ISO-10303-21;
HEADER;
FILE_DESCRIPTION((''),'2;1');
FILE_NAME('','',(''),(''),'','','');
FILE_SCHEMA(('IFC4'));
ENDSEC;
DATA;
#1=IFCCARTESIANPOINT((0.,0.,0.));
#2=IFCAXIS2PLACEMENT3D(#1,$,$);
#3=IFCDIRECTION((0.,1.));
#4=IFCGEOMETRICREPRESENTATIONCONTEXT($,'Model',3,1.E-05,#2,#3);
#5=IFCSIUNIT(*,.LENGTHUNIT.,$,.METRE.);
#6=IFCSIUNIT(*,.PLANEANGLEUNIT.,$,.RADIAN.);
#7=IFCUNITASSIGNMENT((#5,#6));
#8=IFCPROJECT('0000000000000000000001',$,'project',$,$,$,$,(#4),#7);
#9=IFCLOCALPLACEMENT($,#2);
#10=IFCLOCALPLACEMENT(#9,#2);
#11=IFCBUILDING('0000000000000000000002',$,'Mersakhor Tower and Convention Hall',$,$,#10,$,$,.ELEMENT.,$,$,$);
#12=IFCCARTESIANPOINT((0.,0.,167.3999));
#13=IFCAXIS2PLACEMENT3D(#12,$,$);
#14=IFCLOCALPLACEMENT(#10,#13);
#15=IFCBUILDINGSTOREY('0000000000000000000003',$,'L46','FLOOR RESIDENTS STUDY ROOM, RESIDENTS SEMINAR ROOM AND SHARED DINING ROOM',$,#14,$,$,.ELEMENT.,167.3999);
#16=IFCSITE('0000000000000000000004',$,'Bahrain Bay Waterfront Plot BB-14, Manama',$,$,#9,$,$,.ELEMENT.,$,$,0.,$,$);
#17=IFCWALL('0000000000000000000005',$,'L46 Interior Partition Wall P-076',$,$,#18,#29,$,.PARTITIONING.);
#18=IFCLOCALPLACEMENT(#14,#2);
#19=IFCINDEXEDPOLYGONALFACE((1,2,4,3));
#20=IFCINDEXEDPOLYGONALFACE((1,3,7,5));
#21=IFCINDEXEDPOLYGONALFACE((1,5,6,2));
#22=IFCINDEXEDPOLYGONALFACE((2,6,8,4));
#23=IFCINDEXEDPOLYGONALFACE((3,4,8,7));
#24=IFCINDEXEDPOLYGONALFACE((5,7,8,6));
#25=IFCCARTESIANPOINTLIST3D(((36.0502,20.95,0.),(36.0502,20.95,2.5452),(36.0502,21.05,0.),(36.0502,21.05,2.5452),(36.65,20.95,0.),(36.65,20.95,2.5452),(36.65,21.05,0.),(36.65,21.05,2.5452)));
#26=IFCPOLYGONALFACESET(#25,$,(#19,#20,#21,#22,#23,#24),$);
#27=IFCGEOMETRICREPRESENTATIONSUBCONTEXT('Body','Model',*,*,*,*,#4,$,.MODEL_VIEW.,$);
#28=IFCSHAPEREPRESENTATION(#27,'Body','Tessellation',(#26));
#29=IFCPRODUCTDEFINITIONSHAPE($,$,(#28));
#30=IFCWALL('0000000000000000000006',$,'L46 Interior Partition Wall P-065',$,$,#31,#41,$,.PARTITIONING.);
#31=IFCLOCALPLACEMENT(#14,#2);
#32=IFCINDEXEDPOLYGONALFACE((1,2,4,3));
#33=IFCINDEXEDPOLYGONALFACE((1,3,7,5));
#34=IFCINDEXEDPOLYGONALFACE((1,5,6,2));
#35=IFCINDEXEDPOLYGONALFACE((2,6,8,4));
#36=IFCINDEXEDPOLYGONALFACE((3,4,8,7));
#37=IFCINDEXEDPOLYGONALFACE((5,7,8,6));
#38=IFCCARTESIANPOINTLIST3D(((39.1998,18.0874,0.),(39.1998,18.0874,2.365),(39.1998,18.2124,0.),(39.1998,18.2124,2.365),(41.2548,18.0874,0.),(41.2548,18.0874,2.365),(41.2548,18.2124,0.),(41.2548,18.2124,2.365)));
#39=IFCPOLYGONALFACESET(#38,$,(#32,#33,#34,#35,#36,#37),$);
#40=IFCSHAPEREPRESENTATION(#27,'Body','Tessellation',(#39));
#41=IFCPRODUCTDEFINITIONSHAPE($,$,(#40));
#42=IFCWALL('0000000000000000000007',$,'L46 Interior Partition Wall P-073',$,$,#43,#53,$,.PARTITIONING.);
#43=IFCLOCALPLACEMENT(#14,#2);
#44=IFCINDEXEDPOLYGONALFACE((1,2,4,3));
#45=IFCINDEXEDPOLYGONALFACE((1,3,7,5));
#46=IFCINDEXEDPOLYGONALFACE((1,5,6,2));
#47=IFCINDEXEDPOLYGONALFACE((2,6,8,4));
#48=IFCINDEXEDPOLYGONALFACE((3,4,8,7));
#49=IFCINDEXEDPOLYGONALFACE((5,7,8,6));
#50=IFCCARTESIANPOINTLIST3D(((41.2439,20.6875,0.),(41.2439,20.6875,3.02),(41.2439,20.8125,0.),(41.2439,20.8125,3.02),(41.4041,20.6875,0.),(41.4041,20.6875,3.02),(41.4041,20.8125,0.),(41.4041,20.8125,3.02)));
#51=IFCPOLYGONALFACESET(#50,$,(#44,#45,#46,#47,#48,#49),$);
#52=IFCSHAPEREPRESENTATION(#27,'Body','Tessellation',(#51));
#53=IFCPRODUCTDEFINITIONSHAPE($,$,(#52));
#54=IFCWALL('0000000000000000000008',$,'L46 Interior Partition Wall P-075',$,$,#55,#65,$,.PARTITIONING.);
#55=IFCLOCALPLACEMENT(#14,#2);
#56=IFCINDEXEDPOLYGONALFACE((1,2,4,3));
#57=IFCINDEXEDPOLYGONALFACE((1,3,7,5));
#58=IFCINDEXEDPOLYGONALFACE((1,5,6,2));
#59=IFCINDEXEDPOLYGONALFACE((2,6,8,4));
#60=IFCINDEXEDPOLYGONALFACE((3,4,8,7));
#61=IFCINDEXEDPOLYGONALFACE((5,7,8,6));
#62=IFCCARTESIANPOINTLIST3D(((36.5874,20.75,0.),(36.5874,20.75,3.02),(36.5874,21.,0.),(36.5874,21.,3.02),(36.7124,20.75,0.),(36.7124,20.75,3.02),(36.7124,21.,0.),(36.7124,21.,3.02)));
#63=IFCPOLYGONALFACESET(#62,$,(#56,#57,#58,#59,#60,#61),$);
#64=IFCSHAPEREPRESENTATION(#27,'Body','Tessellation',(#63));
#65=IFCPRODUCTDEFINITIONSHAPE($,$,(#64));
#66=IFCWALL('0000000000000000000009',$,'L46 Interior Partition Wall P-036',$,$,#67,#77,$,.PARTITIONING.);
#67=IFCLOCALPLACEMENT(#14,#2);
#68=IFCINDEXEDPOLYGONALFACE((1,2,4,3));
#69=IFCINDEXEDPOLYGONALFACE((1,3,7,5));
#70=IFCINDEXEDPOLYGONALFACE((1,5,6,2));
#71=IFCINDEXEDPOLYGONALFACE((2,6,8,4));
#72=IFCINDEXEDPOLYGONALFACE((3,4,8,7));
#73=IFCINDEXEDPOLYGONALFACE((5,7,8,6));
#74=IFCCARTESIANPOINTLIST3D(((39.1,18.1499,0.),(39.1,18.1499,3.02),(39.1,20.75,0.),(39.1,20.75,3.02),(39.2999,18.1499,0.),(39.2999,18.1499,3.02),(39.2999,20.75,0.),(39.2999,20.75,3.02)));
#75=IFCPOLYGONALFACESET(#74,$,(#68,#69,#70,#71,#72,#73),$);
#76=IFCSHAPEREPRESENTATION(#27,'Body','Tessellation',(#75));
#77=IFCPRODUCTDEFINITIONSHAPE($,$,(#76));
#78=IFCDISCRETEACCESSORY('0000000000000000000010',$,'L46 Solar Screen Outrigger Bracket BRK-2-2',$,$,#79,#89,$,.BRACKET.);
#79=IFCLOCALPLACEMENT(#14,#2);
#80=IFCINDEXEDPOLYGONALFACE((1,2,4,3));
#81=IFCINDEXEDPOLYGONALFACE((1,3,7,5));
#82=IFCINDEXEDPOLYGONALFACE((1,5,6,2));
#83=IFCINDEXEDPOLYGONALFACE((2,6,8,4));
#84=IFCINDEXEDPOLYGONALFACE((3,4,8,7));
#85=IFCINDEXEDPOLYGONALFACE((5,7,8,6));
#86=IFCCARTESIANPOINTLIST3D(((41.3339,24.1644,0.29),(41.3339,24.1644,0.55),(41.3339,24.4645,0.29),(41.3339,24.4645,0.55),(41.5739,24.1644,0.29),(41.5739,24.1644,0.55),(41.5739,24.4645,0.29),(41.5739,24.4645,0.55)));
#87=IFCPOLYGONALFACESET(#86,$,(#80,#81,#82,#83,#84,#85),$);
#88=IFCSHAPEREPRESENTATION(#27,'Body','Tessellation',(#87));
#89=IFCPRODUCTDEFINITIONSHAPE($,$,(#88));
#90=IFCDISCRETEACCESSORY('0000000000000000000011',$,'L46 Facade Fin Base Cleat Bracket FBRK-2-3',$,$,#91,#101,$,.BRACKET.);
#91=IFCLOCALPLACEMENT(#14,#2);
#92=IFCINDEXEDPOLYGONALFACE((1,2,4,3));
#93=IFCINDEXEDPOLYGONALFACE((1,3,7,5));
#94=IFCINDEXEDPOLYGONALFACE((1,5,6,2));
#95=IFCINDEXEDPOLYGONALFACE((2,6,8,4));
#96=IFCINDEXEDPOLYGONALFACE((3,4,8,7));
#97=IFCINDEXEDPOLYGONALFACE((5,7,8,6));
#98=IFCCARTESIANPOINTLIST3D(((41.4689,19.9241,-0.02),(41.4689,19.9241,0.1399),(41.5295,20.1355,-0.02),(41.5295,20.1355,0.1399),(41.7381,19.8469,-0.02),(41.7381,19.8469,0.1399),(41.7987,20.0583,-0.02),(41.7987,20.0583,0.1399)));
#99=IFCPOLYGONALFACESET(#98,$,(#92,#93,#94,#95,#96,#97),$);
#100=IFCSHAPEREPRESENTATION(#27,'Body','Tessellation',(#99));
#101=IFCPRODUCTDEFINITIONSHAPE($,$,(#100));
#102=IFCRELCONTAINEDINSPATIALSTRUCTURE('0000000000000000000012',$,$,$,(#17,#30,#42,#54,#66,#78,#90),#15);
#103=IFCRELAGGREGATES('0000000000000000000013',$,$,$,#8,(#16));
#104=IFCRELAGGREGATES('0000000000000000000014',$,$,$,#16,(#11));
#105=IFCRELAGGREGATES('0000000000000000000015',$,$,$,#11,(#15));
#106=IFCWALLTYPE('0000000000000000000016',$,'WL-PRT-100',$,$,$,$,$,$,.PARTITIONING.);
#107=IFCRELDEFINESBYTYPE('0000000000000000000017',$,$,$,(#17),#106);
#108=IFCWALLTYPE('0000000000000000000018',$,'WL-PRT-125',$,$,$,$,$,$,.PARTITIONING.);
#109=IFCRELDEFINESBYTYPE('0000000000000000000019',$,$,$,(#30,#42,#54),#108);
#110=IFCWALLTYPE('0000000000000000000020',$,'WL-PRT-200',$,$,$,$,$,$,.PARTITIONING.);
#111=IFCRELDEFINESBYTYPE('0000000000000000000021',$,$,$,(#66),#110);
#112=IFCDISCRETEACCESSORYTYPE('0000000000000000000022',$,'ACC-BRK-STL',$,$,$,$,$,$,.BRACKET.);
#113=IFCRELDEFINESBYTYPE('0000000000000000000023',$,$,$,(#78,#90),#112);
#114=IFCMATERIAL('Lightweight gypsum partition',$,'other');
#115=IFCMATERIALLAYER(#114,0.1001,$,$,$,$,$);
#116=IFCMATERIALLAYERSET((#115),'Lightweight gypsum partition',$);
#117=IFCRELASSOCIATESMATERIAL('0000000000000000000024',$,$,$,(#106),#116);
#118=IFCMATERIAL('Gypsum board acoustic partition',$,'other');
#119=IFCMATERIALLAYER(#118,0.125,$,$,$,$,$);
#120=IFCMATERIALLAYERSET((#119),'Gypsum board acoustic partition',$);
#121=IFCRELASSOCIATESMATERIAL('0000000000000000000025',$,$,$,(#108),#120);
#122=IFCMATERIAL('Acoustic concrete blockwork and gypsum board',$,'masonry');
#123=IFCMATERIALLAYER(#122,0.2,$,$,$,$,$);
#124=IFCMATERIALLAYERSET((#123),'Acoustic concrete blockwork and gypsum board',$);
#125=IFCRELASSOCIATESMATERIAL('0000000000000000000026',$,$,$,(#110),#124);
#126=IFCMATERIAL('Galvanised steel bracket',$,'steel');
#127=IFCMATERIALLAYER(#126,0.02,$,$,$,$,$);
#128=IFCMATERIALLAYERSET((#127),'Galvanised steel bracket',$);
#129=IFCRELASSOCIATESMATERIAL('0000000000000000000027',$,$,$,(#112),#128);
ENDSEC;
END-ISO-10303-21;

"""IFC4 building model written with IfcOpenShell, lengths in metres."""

from ifc_helpers import new_model, si_unit, direction, frame, frame_2d, origin, origin_2d, place, context, subcontext, project, spatial, rectangle, extrude, material, layer, layer_set, type_object, element, save


model = new_model("IFC4")

# Units and contexts
model_context = context("Model", 3, precision=1e-05, world=origin(), true_north=direction((0.0, 1.0)))
body_context = subcontext(model_context, "Body", "Model", "MODEL_VIEW")
ifc_project = project(units=[si_unit("LENGTHUNIT", "METRE"), si_unit("PLANEANGLEUNIT", "RADIAN")], contexts=[model_context])

# Site, building, storey
site_placement = place(None, origin())
site = spatial("IfcSite", under=ifc_project, at=site_placement, Name="Bahrain Bay Waterfront Plot BB-14, Manama", CompositionType="ELEMENT", RefElevation=0.0)
building_placement = place(site_placement, origin())
building = spatial("IfcBuilding", under=site, at=building_placement, Name="Mersakhor Tower and Convention Hall", CompositionType="ELEMENT")
storey_placement = place(building_placement, frame((0.0, 0.0, 167.3999)))
storey = spatial("IfcBuildingStorey", under=building, at=storey_placement, Name="L46", Description="FLOOR RESIDENTS STUDY ROOM, RESIDENTS SEMINAR ROOM AND SHARED DINING ROOM", CompositionType="ELEMENT", Elevation=167.3999)

# Walls
ifc_material_1 = material(Name="Lightweight gypsum partition", Category="other")
ifc_layer_1 = layer(ifc_material_1, 0.1001)
ifc_layer_set_1 = layer_set([ifc_layer_1], Name="Lightweight gypsum partition")
wall_type_1 = type_object("IfcWallType", Name="WL-PRT-100", PredefinedType="PARTITIONING", material=ifc_layer_set_1)
wall_1_placement = place(storey_placement, frame((36.6499, 21.0, 0.0), z_axis=(0.0, 0.0, 1.0), x_axis=(-1.0, 0.0, 0.0)))
element("IfcWall", 1, at=wall_1_placement, inside=storey, type_object=wall_type_1, Name="L46 Interior Partition Wall P-076", PredefinedType="PARTITIONING", context=body_context, shape_type="SweptSolid", body=[
    extrude(rectangle(XDim=0.5999, YDim=0.1001, at=frame_2d((0.2998, 0.0))), origin(), (0.0, 0.0, 1.0), 2.5452),
])
ifc_material_2 = material(Name="Gypsum board acoustic partition", Category="other")
ifc_layer_2 = layer(ifc_material_2, 0.125)
ifc_layer_set_2 = layer_set([ifc_layer_2], Name="Gypsum board acoustic partition")
wall_type_2 = type_object("IfcWallType", Name="WL-PRT-125", PredefinedType="PARTITIONING", material=ifc_layer_set_2)
wall_2_placement = place(storey_placement, frame((39.2, 18.1499, 0.0), z_axis=(0.0, 0.0, 1.0), x_axis=(1.0, 0.0, 0.0)))
element("IfcWall", 2, at=wall_2_placement, inside=storey, type_object=wall_type_2, Name="L46 Interior Partition Wall P-065", PredefinedType="PARTITIONING", context=body_context, shape_type="SweptSolid", body=[
    extrude(rectangle(XDim=2.0549, YDim=0.125, at=frame_2d((1.0273, 0.0))), origin(), (0.0, 0.0, 1.0), 2.365),
])
wall_3_placement = place(storey_placement, frame((41.4041, 20.75, 0.0), z_axis=(0.0, 0.0, 1.0), x_axis=(-1.0, 0.0, 0.0)))
element("IfcWall", 3, at=wall_3_placement, inside=storey, type_object=wall_type_2, Name="L46 Interior Partition Wall P-073", PredefinedType="PARTITIONING", context=body_context, shape_type="SweptSolid", body=[
    extrude(rectangle(XDim=0.1602, YDim=0.125, at=frame_2d((0.0801, 0.0))), origin(), (0.0, 0.0, 1.0), 3.02),
])
wall_4_placement = place(storey_placement, frame((36.6499, 20.75, 0.0), z_axis=(0.0, 0.0, 1.0), x_axis=(0.0, 1.0, 0.0)))
element("IfcWall", 4, at=wall_4_placement, inside=storey, type_object=wall_type_2, Name="L46 Interior Partition Wall P-075", PredefinedType="PARTITIONING", context=body_context, shape_type="SweptSolid", body=[
    extrude(rectangle(XDim=0.25, YDim=0.125, at=frame_2d((0.125, 0.0))), origin(), (0.0, 0.0, 1.0), 3.02),
])

# Shared definitions
ifc_material_3 = material(Name="Acoustic concrete blockwork and gypsum board", Category="masonry")
ifc_layer_3 = layer(ifc_material_3, 0.2)
ifc_layer_set_3 = layer_set([ifc_layer_3], Name="Acoustic concrete blockwork and gypsum board")
wall_type_3 = type_object("IfcWallType", Name="WL-PRT-200", PredefinedType="PARTITIONING", material=ifc_layer_set_3)

# Wall
wall_5_placement = place(storey_placement, frame((39.2, 20.75, 0.0), z_axis=(0.0, 0.0, 1.0), x_axis=(0.0, -1.0, 0.0)))
element("IfcWall", 5, at=wall_5_placement, inside=storey, type_object=wall_type_3, Name="L46 Interior Partition Wall P-036", PredefinedType="PARTITIONING", context=body_context, shape_type="SweptSolid", body=[
    extrude(rectangle(XDim=2.6001, YDim=0.2, at=frame_2d((1.3, 0.0))), origin(), (0.0, 0.0, 1.0), 3.02),
])

# Discrete accessories
ifc_material_4 = material(Name="Galvanised steel bracket", Category="steel")
ifc_layer_4 = layer(ifc_material_4, 0.02)
ifc_layer_set_4 = layer_set([ifc_layer_4], Name="Galvanised steel bracket")
discrete_accessory_type = type_object("IfcDiscreteAccessoryType", Name="ACC-BRK-STL", PredefinedType="BRACKET", material=ifc_layer_set_4)
discrete_accessory_1_placement = place(storey_placement, frame((41.4539, 24.3145, 0.29), z_axis=(0.0, 0.0, 1.0), x_axis=(0.0, -1.0, 0.0)))
element("IfcDiscreteAccessory", 6, at=discrete_accessory_1_placement, inside=storey, type_object=discrete_accessory_type, Name="L46 Solar Screen Outrigger Bracket BRK-2-2", PredefinedType="BRACKET", context=body_context, shape_type="SweptSolid", body=[
    extrude(rectangle(XDim=0.3, YDim=0.24, at=origin_2d()), origin(), (0.0, 0.0, 1.0), 0.26),
])
discrete_accessory_2_placement = place(storey_placement, frame((41.6338, 19.9912, -0.02), z_axis=(0.0, 0.0, 1.0), x_axis=(0.961262, -0.275637, 0.0)))
element("IfcDiscreteAccessory", 7, at=discrete_accessory_2_placement, inside=storey, type_object=discrete_accessory_type, Name="L46 Facade Fin Base Cleat Bracket FBRK-2-3", PredefinedType="BRACKET", context=body_context, shape_type="SweptSolid", body=[
    extrude(rectangle(XDim=0.28, YDim=0.22, at=origin_2d()), origin(), (0.0, 0.0, 1.0), 0.1599),
])

save(model, "model.ifc")
